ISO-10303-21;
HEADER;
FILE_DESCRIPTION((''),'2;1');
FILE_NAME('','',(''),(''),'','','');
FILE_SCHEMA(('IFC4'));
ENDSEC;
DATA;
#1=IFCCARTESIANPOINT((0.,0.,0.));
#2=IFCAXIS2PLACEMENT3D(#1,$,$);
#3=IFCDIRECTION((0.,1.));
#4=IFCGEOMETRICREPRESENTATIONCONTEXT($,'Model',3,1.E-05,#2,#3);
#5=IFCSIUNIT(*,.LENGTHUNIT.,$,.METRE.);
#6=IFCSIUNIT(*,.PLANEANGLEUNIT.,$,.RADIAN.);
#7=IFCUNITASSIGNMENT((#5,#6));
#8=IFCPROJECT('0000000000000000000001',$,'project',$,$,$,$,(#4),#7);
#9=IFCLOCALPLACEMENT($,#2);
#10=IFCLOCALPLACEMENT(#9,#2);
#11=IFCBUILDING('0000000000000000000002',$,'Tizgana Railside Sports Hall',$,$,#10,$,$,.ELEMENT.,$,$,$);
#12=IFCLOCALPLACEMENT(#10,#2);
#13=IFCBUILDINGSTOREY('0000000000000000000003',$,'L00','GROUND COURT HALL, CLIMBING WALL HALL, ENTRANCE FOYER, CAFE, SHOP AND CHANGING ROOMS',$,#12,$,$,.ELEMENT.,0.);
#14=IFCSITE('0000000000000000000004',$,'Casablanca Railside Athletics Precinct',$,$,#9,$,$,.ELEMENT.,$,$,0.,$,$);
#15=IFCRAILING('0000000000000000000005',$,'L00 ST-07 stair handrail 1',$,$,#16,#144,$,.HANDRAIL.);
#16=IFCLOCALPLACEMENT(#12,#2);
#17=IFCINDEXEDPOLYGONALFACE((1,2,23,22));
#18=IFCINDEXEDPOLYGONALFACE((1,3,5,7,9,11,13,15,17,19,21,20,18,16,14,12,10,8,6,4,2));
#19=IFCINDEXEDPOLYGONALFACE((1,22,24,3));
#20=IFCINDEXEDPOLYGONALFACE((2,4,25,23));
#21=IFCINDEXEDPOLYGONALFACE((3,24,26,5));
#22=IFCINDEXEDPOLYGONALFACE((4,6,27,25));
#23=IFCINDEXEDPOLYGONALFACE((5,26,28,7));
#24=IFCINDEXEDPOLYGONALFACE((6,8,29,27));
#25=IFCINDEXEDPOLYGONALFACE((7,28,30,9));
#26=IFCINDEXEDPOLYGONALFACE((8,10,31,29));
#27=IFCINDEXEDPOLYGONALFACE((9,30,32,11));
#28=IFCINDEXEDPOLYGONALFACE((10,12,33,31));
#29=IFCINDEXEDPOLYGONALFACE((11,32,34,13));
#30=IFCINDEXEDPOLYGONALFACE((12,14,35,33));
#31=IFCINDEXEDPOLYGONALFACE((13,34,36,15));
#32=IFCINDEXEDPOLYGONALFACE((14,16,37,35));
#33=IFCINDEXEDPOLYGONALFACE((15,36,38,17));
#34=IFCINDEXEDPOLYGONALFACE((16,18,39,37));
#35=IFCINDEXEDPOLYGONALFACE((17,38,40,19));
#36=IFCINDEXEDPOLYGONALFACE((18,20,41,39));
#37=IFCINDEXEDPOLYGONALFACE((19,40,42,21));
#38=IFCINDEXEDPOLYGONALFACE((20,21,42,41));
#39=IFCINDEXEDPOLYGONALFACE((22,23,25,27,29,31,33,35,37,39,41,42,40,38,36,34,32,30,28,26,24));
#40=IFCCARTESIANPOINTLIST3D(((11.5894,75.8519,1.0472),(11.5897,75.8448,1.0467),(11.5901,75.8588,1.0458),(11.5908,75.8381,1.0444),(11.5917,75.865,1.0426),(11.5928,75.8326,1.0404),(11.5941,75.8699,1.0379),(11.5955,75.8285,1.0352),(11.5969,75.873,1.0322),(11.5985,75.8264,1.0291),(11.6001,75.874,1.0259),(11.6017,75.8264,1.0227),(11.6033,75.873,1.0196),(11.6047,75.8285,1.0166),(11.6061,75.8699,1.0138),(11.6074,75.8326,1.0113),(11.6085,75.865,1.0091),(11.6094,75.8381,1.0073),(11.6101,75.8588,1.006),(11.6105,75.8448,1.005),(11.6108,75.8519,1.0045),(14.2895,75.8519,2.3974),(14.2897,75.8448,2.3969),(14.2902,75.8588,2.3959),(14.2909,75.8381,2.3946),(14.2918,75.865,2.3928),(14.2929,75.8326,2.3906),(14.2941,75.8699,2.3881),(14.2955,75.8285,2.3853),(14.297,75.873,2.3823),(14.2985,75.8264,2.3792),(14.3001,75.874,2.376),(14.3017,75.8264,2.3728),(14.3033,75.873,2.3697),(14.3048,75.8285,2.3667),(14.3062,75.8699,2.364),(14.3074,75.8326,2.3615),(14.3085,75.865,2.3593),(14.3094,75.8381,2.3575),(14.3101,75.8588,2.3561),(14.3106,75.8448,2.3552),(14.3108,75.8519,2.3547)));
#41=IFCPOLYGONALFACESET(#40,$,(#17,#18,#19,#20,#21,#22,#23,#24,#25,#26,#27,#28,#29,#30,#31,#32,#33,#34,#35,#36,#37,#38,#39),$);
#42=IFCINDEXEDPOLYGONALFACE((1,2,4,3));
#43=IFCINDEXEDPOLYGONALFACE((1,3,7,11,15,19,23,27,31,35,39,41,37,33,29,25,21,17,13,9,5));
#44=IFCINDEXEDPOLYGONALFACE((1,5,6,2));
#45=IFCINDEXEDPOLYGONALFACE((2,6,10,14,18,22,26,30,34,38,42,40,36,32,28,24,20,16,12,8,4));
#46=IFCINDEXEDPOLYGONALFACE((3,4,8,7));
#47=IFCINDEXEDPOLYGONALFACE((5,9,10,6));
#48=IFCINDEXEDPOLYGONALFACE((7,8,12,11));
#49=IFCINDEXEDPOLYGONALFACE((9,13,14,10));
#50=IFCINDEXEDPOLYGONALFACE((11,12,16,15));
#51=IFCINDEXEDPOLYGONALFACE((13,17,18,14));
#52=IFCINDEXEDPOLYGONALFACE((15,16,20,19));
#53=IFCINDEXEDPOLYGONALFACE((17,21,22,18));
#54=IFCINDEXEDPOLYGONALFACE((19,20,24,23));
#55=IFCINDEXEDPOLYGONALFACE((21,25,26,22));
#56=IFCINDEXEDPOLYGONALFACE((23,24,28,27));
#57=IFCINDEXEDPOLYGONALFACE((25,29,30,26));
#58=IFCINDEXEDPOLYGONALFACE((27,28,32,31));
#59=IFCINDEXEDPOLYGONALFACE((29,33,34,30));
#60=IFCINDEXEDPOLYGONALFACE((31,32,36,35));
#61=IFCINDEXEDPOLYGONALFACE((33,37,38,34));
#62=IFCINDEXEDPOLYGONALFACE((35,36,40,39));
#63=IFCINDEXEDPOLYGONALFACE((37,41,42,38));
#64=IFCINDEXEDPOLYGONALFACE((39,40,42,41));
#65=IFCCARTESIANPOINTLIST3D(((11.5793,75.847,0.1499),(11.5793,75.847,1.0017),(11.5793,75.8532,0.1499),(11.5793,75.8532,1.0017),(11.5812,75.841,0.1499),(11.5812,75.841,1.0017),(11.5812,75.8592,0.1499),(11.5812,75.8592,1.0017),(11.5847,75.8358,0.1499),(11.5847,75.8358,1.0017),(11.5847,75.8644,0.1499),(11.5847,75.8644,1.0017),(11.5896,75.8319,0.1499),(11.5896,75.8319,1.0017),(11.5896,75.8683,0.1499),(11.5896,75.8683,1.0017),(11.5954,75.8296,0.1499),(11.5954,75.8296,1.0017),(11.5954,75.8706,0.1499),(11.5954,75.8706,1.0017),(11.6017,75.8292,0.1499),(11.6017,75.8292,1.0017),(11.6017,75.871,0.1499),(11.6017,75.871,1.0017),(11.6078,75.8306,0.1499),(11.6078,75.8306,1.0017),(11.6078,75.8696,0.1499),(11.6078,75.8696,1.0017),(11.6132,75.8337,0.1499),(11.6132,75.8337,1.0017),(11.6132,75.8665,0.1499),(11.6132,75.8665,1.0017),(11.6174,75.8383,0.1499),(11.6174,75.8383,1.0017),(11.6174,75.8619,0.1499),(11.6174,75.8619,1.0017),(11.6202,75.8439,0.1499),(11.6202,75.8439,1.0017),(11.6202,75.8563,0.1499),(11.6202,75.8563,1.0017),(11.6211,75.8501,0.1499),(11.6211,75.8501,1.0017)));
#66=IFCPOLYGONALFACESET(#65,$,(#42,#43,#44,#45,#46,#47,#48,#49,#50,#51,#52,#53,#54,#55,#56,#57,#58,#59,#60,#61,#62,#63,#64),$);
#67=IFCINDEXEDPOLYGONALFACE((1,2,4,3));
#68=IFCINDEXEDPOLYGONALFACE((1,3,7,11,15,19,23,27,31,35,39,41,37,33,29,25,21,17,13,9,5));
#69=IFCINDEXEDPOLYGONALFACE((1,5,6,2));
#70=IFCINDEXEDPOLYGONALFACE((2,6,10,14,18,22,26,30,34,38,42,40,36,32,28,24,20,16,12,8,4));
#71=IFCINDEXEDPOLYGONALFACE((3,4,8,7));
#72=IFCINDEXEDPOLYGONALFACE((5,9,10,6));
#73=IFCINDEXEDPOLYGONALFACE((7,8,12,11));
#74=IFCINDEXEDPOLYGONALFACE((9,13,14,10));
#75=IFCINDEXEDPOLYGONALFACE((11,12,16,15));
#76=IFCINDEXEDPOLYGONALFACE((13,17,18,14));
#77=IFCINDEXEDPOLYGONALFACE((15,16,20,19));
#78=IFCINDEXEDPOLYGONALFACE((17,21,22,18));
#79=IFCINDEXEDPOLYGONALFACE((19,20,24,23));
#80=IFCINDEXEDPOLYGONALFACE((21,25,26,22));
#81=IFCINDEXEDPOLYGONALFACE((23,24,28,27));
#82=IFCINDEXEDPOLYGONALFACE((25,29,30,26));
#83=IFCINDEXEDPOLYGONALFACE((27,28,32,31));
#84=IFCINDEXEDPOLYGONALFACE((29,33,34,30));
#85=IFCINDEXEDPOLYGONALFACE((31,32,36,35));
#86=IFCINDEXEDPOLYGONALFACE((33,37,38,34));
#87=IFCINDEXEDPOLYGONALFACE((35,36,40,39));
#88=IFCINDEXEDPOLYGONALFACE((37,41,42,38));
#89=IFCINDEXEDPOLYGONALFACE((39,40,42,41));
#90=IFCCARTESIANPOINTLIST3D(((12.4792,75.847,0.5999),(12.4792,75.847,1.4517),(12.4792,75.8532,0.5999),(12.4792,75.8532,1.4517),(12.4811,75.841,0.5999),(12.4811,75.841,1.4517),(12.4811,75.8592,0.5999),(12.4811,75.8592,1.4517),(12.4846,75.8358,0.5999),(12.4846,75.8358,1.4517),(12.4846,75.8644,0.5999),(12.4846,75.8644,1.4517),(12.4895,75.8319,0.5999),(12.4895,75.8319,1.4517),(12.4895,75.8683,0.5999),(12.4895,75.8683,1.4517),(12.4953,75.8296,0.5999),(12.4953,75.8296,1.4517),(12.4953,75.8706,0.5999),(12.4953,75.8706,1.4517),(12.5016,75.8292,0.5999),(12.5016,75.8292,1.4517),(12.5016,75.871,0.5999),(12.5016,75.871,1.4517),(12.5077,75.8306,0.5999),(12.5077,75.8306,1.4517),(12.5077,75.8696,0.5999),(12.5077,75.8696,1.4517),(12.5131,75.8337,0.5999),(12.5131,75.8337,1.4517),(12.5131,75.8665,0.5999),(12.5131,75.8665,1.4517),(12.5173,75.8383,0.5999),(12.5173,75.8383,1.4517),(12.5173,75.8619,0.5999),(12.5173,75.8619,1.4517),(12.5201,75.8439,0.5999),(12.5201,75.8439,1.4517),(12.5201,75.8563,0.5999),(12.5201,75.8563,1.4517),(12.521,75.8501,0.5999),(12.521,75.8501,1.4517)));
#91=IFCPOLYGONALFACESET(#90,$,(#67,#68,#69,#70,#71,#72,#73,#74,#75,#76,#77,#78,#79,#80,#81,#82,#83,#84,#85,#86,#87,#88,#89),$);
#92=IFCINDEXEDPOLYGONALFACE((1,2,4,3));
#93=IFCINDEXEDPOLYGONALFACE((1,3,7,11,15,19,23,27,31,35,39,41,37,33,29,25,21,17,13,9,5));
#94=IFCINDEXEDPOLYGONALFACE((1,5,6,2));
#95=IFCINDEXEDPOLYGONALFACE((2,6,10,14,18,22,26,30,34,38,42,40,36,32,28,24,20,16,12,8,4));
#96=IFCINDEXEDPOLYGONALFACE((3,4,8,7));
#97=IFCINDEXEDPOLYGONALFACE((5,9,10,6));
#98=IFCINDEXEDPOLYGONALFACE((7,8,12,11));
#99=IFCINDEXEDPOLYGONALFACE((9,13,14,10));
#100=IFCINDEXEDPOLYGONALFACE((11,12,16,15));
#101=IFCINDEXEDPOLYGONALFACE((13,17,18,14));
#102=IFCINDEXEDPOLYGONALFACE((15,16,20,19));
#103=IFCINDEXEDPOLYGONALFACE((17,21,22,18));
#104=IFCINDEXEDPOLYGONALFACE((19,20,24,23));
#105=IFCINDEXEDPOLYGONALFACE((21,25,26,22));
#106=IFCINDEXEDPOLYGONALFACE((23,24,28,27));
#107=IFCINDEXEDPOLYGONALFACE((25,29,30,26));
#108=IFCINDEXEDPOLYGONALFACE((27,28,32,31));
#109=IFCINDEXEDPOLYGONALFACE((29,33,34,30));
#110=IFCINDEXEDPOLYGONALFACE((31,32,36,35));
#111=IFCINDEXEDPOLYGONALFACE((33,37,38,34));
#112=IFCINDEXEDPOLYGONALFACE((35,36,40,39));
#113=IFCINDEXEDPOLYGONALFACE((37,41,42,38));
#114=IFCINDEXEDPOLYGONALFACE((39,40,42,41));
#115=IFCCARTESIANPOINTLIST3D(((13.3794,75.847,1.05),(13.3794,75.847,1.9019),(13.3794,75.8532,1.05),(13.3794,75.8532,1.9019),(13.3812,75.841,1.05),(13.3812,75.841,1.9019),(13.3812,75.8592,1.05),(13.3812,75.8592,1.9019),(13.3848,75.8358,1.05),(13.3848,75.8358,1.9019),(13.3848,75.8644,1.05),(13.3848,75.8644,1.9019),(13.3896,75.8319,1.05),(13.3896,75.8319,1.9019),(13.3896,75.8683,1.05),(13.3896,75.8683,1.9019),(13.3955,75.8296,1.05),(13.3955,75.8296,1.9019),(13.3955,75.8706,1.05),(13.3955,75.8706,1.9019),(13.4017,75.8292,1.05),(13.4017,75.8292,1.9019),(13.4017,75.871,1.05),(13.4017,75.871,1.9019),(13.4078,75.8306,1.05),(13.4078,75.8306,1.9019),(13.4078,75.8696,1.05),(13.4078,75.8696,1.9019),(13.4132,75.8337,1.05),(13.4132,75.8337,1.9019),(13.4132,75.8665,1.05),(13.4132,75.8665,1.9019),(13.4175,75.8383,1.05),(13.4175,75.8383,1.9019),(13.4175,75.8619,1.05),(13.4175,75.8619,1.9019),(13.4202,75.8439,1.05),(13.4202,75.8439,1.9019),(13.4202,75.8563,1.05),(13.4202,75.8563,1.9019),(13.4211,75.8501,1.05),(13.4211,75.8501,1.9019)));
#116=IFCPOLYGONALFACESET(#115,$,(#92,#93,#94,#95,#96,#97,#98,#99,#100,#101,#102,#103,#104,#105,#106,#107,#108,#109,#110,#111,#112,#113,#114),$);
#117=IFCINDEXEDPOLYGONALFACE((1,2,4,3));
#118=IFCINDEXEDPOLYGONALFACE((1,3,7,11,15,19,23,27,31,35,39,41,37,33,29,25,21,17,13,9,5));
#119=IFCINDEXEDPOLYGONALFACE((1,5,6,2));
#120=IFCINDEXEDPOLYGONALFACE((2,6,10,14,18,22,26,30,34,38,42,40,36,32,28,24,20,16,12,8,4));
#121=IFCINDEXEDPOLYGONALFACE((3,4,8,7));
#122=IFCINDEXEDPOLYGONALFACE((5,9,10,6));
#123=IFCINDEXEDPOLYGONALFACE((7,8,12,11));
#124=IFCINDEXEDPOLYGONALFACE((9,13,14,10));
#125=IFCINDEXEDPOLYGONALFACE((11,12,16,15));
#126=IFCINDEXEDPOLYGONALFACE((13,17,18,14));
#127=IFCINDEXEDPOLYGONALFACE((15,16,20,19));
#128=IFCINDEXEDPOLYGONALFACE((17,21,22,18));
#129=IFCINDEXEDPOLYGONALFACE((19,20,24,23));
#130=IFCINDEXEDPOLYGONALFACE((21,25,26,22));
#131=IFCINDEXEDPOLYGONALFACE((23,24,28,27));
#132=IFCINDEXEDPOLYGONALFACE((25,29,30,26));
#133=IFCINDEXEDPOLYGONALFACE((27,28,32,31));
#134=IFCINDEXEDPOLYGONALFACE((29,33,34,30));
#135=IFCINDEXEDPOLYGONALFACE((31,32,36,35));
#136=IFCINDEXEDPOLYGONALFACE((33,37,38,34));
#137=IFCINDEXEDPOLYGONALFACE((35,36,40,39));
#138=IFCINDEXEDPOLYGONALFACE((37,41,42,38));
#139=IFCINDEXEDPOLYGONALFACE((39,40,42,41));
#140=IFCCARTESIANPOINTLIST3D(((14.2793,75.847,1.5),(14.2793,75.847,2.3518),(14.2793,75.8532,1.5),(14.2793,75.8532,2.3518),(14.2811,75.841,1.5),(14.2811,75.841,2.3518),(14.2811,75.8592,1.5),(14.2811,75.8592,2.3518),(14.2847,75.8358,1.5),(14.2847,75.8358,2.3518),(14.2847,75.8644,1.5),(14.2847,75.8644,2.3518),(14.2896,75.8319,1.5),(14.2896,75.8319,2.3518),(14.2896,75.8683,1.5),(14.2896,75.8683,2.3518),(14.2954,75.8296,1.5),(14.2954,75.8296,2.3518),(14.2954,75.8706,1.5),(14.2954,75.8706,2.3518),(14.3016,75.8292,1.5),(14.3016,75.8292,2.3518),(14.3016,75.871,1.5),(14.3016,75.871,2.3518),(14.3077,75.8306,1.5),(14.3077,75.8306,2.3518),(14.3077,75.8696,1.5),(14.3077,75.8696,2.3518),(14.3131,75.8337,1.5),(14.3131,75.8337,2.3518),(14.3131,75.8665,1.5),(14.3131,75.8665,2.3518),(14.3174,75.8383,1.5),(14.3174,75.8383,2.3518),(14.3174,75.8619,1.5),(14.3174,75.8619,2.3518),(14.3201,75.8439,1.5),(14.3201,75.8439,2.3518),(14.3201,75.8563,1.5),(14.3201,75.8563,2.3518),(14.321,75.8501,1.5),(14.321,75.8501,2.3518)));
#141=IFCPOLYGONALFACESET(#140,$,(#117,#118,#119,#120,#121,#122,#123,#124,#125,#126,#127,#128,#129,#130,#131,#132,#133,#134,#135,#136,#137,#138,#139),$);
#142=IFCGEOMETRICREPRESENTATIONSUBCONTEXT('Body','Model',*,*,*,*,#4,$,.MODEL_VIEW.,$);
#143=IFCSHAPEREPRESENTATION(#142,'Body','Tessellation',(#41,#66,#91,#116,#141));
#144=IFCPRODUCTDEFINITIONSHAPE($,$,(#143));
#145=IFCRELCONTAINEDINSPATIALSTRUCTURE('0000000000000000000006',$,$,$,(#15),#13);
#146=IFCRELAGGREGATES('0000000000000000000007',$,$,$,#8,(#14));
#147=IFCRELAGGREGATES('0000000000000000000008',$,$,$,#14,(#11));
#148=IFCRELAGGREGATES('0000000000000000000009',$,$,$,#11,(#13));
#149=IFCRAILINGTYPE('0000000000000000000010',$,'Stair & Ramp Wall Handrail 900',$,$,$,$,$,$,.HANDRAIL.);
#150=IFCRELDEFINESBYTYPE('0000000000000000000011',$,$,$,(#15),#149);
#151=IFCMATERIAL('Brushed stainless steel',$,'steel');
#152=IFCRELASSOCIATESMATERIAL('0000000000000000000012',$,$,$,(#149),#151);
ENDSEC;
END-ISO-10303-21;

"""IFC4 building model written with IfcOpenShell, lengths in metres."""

from ifc_helpers import new_model, si_unit, direction, frame, origin, origin_2d, place, context, subcontext, project, spatial, circle, extrude, material, type_object, element, save


model = new_model("IFC4")

# Units and contexts
model_context = context("Model", 3, precision=1e-05, world=origin(), true_north=direction((0.0, 1.0)))
body_context = subcontext(model_context, "Body", "Model", "MODEL_VIEW")
ifc_project = project(units=[si_unit("LENGTHUNIT", "METRE"), si_unit("PLANEANGLEUNIT", "RADIAN")], contexts=[model_context])

# Site, building, storey
site_placement = place(None, origin())
site = spatial("IfcSite", under=ifc_project, at=site_placement, Name="Casablanca Railside Athletics Precinct", CompositionType="ELEMENT", RefElevation=0.0)
building_placement = place(site_placement, origin())
building = spatial("IfcBuilding", under=site, at=building_placement, Name="Tizgana Railside Sports Hall", CompositionType="ELEMENT")
storey_placement = place(building_placement, origin())
storey = spatial("IfcBuildingStorey", under=building, at=storey_placement, Name="L00", Description="GROUND COURT HALL, CLIMBING WALL HALL, ENTRANCE FOYER, CAFE, SHOP AND CHANGING ROOMS", CompositionType="ELEMENT", Elevation=0.0)

# Railing
ifc_material_1 = material(Name="Brushed stainless steel", Category="steel")
railing_type_1 = type_object("IfcRailingType", Name="Stair & Ramp Wall Handrail 900", PredefinedType="HANDRAIL", material=ifc_material_1)
for number, where, name in (
    (1, (11.6001, 75.8501, 0.1499), "L00 ST-07 stair handrail 1"),
):
    element("IfcRailing", number, at=place(storey_placement, frame(where)), inside=storey, type_object=railing_type_1, Name=name, PredefinedType="HANDRAIL", context=body_context, shape_type="SweptSolid", body=[
        extrude(circle(Radius=0.0239, at=origin_2d()), frame((0.0, 0.0, 0.876), z_axis=(0.894411, 0.0, 0.447246), x_axis=(0.0, 1.0, 0.0)), (0.0, 0.0, 1.0), 3.0188),
        extrude(circle(Radius=0.021, at=origin_2d()), origin(), (0.0, 0.0, 1.0), 0.8518),
        extrude(circle(Radius=0.021, at=origin_2d()), frame((0.8999, 0.0, 0.45)), (0.0, 0.0, 1.0), 0.8518),
        extrude(circle(Radius=0.021, at=origin_2d()), frame((1.8, 0.0, 0.9001)), (0.0, 0.0, 1.0), 0.8518),
        extrude(circle(Radius=0.021, at=origin_2d()), frame((2.7, 0.0, 1.3501)), (0.0, 0.0, 1.0), 0.8518),
    ])

save(model, "model.ifc")
